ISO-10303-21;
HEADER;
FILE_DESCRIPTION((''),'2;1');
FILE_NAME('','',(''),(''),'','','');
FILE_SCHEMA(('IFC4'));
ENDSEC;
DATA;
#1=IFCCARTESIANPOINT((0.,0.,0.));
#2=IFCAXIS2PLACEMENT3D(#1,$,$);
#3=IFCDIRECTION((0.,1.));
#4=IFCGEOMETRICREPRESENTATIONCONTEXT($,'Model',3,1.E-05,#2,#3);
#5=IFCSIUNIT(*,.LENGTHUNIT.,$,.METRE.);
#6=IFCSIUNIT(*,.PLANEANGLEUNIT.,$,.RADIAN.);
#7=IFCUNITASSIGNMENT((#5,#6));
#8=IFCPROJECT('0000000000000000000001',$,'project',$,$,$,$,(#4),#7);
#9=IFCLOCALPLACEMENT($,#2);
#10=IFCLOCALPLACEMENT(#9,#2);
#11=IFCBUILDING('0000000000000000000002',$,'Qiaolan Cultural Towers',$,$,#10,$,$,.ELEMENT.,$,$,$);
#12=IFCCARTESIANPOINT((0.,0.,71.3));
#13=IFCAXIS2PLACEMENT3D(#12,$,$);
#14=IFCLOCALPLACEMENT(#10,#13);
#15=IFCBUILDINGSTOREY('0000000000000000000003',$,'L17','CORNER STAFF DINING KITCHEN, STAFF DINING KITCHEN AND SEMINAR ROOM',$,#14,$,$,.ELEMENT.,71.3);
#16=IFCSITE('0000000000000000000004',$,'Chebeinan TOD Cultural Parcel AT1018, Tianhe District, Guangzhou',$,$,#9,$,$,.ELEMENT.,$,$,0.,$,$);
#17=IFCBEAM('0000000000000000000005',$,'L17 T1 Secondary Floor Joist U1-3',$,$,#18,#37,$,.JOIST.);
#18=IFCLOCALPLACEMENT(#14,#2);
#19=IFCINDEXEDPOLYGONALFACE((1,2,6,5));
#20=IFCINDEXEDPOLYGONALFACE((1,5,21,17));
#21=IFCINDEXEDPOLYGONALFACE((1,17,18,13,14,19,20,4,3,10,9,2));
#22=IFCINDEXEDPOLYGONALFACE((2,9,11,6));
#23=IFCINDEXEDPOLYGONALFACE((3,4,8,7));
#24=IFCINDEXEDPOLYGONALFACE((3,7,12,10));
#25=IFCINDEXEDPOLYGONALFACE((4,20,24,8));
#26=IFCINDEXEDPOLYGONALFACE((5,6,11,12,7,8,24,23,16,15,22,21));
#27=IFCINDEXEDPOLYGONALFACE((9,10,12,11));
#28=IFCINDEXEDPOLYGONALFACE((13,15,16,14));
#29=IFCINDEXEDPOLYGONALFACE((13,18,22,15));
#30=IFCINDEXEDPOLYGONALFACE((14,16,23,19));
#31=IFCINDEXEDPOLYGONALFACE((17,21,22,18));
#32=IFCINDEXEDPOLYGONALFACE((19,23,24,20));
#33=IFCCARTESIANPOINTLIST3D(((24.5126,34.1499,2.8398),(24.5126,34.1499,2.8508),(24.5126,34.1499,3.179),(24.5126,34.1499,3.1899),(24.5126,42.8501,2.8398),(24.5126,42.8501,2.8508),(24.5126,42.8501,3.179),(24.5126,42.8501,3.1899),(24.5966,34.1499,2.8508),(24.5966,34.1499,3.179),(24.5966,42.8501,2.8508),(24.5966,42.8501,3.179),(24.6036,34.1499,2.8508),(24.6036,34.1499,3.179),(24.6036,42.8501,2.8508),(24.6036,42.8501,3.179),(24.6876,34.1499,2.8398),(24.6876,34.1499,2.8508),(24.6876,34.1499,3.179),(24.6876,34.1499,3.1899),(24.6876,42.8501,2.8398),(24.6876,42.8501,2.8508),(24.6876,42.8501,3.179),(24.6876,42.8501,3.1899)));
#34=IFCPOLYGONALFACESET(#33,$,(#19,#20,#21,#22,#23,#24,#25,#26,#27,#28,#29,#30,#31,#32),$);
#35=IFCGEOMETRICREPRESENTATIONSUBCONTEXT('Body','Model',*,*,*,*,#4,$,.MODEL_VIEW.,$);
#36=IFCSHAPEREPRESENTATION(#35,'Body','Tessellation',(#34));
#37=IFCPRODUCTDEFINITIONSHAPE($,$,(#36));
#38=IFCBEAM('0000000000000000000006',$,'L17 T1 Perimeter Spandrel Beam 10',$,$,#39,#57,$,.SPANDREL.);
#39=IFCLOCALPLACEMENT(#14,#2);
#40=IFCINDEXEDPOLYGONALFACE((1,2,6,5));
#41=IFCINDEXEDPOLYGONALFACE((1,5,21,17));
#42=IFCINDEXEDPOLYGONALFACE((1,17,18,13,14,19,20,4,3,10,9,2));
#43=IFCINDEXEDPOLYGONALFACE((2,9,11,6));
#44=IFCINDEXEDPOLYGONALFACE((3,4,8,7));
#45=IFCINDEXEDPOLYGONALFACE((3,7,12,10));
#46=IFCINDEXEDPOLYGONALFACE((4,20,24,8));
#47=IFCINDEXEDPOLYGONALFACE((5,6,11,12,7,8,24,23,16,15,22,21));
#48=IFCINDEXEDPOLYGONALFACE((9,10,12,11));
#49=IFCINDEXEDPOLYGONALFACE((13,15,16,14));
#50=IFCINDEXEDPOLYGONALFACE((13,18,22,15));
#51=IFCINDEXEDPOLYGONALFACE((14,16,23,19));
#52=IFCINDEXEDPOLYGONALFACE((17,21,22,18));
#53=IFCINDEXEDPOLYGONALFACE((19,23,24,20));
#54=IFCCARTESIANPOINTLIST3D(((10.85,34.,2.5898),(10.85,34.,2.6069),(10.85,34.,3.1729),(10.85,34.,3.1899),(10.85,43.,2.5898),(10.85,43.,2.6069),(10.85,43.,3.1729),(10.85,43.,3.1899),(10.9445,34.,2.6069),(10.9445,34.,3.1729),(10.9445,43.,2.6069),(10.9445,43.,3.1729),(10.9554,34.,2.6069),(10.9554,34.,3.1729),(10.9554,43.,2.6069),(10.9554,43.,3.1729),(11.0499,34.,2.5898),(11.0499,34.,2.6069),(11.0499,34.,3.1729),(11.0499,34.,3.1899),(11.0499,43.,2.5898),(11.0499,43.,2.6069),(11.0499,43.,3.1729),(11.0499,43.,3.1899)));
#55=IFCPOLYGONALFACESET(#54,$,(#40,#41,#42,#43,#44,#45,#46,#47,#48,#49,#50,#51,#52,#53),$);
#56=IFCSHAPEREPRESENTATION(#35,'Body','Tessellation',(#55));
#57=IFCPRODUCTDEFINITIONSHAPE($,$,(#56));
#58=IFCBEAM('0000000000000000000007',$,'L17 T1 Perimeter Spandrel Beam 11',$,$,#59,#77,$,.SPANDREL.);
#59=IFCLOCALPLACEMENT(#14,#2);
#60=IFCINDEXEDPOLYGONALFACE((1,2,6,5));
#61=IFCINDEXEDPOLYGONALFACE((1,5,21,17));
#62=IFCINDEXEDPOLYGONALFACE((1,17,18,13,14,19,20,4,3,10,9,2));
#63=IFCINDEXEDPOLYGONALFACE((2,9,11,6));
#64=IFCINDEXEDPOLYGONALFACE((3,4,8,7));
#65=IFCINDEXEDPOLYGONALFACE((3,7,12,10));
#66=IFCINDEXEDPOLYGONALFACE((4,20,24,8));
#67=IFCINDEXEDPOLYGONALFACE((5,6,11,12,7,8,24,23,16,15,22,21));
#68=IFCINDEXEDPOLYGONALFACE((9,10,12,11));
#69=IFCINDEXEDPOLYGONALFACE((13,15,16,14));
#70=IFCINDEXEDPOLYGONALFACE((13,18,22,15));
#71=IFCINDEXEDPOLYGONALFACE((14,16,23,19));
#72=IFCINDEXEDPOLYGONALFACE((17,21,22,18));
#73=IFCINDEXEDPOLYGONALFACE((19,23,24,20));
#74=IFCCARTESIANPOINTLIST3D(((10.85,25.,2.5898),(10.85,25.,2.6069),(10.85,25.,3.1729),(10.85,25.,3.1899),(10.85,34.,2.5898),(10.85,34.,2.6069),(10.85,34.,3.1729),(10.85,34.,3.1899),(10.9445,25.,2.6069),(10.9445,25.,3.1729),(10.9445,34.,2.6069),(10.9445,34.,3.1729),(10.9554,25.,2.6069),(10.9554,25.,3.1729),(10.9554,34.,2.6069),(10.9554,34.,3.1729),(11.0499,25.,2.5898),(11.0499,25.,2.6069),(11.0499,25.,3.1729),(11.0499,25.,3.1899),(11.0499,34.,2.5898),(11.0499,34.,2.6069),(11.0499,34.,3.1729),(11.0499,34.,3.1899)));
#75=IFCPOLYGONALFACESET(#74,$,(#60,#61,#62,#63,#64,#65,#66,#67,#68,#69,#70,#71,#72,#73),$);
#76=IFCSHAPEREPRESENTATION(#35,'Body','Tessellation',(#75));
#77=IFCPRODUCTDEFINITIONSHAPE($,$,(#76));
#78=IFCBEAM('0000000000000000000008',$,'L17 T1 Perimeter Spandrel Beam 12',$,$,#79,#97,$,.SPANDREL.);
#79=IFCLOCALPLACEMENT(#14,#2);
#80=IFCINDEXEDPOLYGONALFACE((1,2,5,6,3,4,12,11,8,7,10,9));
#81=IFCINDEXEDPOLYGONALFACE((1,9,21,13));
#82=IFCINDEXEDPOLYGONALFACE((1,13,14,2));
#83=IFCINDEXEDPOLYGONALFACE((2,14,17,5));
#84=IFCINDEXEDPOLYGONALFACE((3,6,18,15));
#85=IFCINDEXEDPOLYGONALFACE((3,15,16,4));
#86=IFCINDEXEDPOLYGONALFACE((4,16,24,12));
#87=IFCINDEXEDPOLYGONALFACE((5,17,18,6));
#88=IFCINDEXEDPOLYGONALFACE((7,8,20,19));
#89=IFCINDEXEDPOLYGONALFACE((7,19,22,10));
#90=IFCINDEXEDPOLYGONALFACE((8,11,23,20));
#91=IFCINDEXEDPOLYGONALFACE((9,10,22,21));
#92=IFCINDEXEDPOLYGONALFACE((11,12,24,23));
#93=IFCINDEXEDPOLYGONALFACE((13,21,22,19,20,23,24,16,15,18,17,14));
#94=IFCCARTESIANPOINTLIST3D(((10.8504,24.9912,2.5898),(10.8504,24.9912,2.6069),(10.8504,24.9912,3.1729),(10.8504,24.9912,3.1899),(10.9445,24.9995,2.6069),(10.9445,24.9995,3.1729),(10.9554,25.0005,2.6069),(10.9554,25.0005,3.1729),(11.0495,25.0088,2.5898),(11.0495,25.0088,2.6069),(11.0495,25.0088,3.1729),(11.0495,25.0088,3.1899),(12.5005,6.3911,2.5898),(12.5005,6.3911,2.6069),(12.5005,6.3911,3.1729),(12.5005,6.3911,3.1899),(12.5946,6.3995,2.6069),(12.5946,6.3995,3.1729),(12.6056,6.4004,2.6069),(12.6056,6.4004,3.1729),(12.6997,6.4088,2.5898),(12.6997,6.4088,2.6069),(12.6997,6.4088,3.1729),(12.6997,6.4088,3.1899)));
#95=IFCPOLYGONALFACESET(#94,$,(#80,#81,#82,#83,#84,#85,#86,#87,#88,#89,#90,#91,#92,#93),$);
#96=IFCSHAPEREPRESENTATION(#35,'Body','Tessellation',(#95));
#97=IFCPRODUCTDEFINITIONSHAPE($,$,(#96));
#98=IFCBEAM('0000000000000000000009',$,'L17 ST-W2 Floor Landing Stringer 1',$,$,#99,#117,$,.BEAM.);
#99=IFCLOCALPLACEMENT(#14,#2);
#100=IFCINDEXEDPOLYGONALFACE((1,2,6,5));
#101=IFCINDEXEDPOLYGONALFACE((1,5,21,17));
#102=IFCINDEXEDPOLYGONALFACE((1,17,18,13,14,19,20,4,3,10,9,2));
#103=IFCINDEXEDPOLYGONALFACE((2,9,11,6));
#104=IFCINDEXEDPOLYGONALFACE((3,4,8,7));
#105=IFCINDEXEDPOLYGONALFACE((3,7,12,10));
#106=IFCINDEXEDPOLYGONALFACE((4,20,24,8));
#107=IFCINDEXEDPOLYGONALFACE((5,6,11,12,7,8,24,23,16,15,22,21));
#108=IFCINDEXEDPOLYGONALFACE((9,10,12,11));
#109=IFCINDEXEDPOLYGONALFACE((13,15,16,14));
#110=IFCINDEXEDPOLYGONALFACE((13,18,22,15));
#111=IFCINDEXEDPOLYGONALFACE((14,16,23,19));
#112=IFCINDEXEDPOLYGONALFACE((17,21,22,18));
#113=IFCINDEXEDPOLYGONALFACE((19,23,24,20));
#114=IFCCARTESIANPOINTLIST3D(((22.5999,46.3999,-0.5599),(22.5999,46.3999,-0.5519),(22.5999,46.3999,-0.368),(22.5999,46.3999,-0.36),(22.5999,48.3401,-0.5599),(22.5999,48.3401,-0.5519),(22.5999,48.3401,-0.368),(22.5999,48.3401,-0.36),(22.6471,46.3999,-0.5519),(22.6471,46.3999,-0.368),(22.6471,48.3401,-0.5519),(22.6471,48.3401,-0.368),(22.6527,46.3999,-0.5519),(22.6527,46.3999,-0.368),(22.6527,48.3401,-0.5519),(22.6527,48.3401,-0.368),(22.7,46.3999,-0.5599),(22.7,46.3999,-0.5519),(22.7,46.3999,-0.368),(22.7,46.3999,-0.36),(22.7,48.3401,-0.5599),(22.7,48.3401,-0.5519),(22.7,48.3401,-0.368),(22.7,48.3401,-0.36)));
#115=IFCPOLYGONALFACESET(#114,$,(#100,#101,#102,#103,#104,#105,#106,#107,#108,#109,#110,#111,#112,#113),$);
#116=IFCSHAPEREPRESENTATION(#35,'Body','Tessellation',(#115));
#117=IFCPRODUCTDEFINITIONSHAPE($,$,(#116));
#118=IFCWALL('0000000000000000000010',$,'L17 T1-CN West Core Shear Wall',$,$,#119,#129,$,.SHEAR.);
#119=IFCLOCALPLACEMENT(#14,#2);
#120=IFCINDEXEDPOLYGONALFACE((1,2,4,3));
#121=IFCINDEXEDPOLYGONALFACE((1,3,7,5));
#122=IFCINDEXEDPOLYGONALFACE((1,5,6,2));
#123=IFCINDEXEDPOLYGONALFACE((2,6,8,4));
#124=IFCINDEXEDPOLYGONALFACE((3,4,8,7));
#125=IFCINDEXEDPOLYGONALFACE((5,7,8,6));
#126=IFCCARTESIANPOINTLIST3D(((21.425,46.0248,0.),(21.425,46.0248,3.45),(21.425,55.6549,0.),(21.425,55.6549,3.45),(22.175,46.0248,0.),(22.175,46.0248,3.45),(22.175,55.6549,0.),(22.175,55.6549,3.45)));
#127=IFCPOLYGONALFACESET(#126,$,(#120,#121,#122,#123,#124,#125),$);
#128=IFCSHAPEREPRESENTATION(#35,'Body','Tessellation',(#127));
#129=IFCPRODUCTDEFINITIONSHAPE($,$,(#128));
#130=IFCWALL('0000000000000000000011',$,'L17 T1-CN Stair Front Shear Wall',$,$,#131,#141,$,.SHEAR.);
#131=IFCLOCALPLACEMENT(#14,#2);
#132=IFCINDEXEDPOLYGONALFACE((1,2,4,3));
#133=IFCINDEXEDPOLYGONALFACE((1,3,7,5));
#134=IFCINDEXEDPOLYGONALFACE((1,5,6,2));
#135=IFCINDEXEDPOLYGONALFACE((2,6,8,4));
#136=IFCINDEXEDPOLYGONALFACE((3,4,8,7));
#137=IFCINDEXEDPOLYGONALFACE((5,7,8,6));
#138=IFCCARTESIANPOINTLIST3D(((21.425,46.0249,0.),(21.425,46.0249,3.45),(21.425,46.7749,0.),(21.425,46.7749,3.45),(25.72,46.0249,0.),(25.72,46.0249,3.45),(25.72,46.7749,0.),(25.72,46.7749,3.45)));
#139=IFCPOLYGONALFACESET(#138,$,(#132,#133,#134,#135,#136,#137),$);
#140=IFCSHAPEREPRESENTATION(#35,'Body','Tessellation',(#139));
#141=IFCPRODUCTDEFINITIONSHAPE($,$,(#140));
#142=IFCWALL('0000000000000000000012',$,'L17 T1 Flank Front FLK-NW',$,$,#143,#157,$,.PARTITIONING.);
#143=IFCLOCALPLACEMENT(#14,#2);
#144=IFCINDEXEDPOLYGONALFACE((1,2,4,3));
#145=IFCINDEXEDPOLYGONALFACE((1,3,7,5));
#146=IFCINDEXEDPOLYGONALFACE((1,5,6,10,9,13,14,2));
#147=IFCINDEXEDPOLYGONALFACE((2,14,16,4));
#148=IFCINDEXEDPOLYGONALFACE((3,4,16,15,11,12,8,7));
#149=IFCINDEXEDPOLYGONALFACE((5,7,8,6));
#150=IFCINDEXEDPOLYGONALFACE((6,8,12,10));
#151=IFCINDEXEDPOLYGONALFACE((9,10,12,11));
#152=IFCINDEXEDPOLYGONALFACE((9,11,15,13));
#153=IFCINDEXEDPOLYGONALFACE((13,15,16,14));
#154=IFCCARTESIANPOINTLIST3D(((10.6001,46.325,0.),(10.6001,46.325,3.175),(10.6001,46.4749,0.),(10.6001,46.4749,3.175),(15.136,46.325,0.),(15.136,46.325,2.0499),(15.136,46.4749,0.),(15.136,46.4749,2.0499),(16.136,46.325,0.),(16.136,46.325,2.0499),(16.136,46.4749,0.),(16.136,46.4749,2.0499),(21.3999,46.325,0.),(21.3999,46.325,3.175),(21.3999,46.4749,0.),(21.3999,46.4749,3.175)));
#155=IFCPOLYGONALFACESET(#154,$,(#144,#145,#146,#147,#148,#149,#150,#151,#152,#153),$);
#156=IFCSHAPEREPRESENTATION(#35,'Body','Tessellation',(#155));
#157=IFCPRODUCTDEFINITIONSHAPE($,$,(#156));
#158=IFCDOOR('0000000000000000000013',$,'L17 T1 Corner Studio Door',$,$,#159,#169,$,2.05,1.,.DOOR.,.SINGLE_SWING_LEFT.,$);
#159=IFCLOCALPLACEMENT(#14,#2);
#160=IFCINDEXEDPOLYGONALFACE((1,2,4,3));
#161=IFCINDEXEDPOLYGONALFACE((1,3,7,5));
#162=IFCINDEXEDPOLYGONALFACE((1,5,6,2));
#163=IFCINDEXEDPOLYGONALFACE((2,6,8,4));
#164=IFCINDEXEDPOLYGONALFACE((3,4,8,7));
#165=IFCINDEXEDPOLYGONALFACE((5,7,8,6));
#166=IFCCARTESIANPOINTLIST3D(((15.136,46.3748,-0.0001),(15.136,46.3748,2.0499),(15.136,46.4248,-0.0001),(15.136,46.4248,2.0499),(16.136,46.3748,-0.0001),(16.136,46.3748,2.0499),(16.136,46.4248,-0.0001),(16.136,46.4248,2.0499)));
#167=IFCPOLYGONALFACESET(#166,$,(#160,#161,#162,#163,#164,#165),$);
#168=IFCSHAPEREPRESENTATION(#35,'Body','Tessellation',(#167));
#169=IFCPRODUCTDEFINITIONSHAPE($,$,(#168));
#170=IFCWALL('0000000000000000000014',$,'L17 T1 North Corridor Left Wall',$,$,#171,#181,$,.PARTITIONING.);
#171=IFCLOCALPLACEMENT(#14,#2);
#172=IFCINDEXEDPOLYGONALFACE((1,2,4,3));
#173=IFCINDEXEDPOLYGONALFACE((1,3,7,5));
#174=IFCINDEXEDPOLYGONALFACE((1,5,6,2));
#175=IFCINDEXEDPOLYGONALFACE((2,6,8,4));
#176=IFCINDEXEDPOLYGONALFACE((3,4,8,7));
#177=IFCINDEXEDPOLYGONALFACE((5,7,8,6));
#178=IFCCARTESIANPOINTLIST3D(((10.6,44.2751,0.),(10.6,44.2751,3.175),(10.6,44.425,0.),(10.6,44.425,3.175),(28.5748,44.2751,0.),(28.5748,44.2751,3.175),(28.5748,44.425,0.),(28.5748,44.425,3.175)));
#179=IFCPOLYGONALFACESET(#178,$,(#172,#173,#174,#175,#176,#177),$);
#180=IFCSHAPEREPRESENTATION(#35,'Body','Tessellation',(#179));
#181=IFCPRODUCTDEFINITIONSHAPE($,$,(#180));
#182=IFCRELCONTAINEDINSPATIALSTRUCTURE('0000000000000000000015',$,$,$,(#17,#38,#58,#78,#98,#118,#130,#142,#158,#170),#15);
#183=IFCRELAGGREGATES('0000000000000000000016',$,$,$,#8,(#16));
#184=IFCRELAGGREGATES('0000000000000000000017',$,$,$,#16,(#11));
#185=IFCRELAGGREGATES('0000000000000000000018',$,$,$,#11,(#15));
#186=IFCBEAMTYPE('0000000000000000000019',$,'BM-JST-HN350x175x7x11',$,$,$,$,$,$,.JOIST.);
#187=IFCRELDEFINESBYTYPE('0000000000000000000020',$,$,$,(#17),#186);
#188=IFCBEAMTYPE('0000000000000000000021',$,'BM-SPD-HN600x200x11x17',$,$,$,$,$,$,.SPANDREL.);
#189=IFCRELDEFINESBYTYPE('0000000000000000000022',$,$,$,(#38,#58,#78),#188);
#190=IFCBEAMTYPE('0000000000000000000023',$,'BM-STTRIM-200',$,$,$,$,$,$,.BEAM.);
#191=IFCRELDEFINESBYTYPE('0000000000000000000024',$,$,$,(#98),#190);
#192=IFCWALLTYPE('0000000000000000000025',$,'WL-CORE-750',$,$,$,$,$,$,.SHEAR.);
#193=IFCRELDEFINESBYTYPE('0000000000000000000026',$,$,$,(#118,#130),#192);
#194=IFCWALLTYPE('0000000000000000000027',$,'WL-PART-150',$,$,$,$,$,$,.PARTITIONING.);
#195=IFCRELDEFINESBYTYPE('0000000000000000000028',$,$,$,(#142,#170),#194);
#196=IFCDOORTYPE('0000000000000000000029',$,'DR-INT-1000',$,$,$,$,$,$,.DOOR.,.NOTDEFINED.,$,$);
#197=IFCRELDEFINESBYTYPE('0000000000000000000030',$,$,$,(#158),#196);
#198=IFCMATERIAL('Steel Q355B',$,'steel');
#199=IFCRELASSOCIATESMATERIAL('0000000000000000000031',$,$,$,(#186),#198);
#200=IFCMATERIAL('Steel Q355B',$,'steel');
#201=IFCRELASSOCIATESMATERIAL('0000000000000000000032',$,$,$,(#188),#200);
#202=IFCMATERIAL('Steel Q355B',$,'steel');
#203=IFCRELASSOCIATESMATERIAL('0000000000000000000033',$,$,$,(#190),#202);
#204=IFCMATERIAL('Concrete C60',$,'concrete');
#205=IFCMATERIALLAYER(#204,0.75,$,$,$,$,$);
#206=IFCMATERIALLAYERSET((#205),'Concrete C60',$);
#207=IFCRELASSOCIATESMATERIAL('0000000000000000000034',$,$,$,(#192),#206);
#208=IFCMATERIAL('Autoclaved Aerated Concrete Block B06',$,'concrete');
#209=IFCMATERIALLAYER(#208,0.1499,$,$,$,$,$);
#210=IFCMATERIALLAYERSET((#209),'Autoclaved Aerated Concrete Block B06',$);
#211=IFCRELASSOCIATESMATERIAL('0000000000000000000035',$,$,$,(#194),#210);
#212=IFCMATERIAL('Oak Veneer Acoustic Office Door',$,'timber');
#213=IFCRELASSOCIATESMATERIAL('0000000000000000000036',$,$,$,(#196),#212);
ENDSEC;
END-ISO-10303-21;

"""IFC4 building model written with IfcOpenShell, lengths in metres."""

from ifc_helpers import new_model, si_unit, direction, frame, frame_2d, origin, origin_2d, place, context, subcontext, project, spatial, rectangle, i_section, extrude, material, layer, layer_set, material_profile, profile_set, type_object, element, fill, save


model = new_model("IFC4")

# Units and contexts
model_context = context("Model", 3, precision=1e-05, world=origin(), true_north=direction((0.0, 1.0)))
body_context = subcontext(model_context, "Body", "Model", "MODEL_VIEW")
ifc_project = project(units=[si_unit("LENGTHUNIT", "METRE"), si_unit("PLANEANGLEUNIT", "RADIAN")], contexts=[model_context])

# Site, building, storey
site_placement = place(None, origin())
site = spatial("IfcSite", under=ifc_project, at=site_placement, Name="Chebeinan TOD Cultural Parcel AT1018, Tianhe District, Guangzhou", CompositionType="ELEMENT", RefElevation=0.0)
building_placement = place(site_placement, origin())
building = spatial("IfcBuilding", under=site, at=building_placement, Name="Qiaolan Cultural Towers", CompositionType="ELEMENT")
storey_placement = place(building_placement, frame((0.0, 0.0, 71.3)))
storey = spatial("IfcBuildingStorey", under=building, at=storey_placement, Name="L17", Description="CORNER STAFF DINING KITCHEN, STAFF DINING KITCHEN AND SEMINAR ROOM", CompositionType="ELEMENT", Elevation=71.3)

# Beams
ifc_material_1 = material(Name="Steel Q355B", Category="steel")
ifc_material_profile_1 = material_profile(ifc_material_1, i_section(OverallWidth=0.175, OverallDepth=0.3501, WebThickness=0.0071, FlangeThickness=0.011, at=origin_2d()), Name="HN350x175x7x11")
ifc_profile_set_1 = profile_set([ifc_material_profile_1], Name="Steel Q355B")
beam_type_1 = type_object("IfcBeamType", Name="BM-JST-HN350x175x7x11", PredefinedType="JOIST", material=ifc_profile_set_1)
for number, where, z_axis, x_axis, name in (
    (1, (24.6001, 34.1499, 3.0149), (0.0, 1.0, 0.0), (-1.0, 0.0, 0.0), "L17 T1 Secondary Floor Joist U1-3"),
):
    element("IfcBeam", number, at=place(storey_placement, frame(where, z_axis=z_axis, x_axis=x_axis)), inside=storey, type_object=beam_type_1, Name=name, PredefinedType="JOIST", context=body_context, shape_type="SweptSolid", body=[
        extrude(i_section(OverallWidth=0.175, OverallDepth=0.3501, WebThickness=0.0071, FlangeThickness=0.011, at=origin_2d()), origin(), (0.0, 0.0, 1.0), 8.7002),
    ])
ifc_material_2 = material(Name="Steel Q355B", Category="steel")
ifc_material_profile_2 = material_profile(ifc_material_2, i_section(OverallWidth=0.2, OverallDepth=0.6001, WebThickness=0.011, FlangeThickness=0.0171, at=origin_2d()), Name="HN600x200x11x17")
ifc_profile_set_2 = profile_set([ifc_material_profile_2], Name="Steel Q355B")
beam_type_2 = type_object("IfcBeamType", Name="BM-SPD-HN600x200x11x17", PredefinedType="SPANDREL", material=ifc_profile_set_2)
for number, where, z_axis, x_axis, name in (
    (2, (10.95, 43.0, 2.8899), (0.0, -1.0, 0.0), (1.0, 0.0, 0.0), "L17 T1 Perimeter Spandrel Beam 10"),
    (3, (10.95, 34.0, 2.8899), (0.0, -1.0, 0.0), (1.0, 0.0, 0.0), "L17 T1 Perimeter Spandrel Beam 11"),
):
    element("IfcBeam", number, at=place(storey_placement, frame(where, z_axis=z_axis, x_axis=x_axis)), inside=storey, type_object=beam_type_2, Name=name, PredefinedType="SPANDREL", context=body_context, shape_type="SweptSolid", body=[
        extrude(i_section(OverallWidth=0.2, OverallDepth=0.6001, WebThickness=0.011, FlangeThickness=0.0171, at=origin_2d()), origin(), (0.0, 0.0, 1.0), 9.0),
    ])
beam_1_placement = place(storey_placement, frame((10.95, 25.0, 2.8899), z_axis=(0.08837, -0.996088, 0.0), x_axis=(0.996088, 0.08837, 0.0)))
element("IfcBeam", 4, at=beam_1_placement, inside=storey, type_object=beam_type_2, Name="L17 T1 Perimeter Spandrel Beam 12", PredefinedType="SPANDREL", context=body_context, shape_type="SweptSolid", body=[
    extrude(i_section(OverallWidth=0.2, OverallDepth=0.6001, WebThickness=0.011, FlangeThickness=0.0171, at=origin_2d()), origin(), (0.0, 0.0, 1.0), 18.6731),
])
ifc_material_3 = material(Name="Steel Q355B", Category="steel")
ifc_material_profile_3 = material_profile(ifc_material_3, i_section(OverallWidth=0.1001, OverallDepth=0.2, WebThickness=0.0056, FlangeThickness=0.0081, at=origin_2d()), Name="HN200x100x5.5x8")
ifc_profile_set_3 = profile_set([ifc_material_profile_3], Name="Steel Q355B")
beam_type_3 = type_object("IfcBeamType", Name="BM-STTRIM-200", PredefinedType="BEAM", material=ifc_profile_set_3)
beam_2_placement = place(storey_placement, frame((22.6499, 46.3999, -0.46), z_axis=(0.0, 1.0, 0.0), x_axis=(-1.0, 0.0, 0.0)))
element("IfcBeam", 5, at=beam_2_placement, inside=storey, type_object=beam_type_3, Name="L17 ST-W2 Floor Landing Stringer 1", PredefinedType="BEAM", context=body_context, shape_type="SweptSolid", body=[
    extrude(i_section(OverallWidth=0.1001, OverallDepth=0.2, WebThickness=0.0056, FlangeThickness=0.0081, at=origin_2d()), origin(), (0.0, 0.0, 1.0), 1.9402),
])

# Walls
ifc_material_4 = material(Name="Concrete C60", Category="concrete")
ifc_layer_1 = layer(ifc_material_4, 0.75)
ifc_layer_set_1 = layer_set([ifc_layer_1], Name="Concrete C60")
wall_type_1 = type_object("IfcWallType", Name="WL-CORE-750", PredefinedType="SHEAR", material=ifc_layer_set_1)
wall_1_placement = place(storey_placement, frame((21.8, 46.0249, 0.0), z_axis=(0.0, 0.0, 1.0), x_axis=(0.0, 1.0, 0.0)))
element("IfcWall", 6, at=wall_1_placement, inside=storey, type_object=wall_type_1, Name="L17 T1-CN West Core Shear Wall", PredefinedType="SHEAR", context=body_context, shape_type="SweptSolid", body=[
    extrude(rectangle(XDim=9.6301, YDim=0.75, at=frame_2d((4.8149, 0.0))), origin(), (0.0, 0.0, 1.0), 3.45),
])
wall_2_placement = place(storey_placement, frame((21.425, 46.3999, 0.0), z_axis=(0.0, 0.0, 1.0), x_axis=(1.0, 0.0, 0.0)))
element("IfcWall", 7, at=wall_2_placement, inside=storey, type_object=wall_type_1, Name="L17 T1-CN Stair Front Shear Wall", PredefinedType="SHEAR", context=body_context, shape_type="SweptSolid", body=[
    extrude(rectangle(XDim=4.2949, YDim=0.75, at=frame_2d((2.1475, 0.0))), origin(), (0.0, 0.0, 1.0), 3.45),
])

# Wall, opening, door
ifc_material_5 = material(Name="Autoclaved Aerated Concrete Block B06", Category="concrete")
ifc_layer_2 = layer(ifc_material_5, 0.1499)
ifc_layer_set_2 = layer_set([ifc_layer_2], Name="Autoclaved Aerated Concrete Block B06")
wall_type_2 = type_object("IfcWallType", Name="WL-PART-150", PredefinedType="PARTITIONING", material=ifc_layer_set_2)
wall_3_placement = place(storey_placement, frame((10.6001, 46.3999, 0.0), z_axis=(0.0, 0.0, 1.0), x_axis=(1.0, 0.0, 0.0)))
wall_3 = element("IfcWall", 8, at=wall_3_placement, inside=storey, type_object=wall_type_2, Name="L17 T1 Flank Front FLK-NW", PredefinedType="PARTITIONING", context=body_context, shape_type="SweptSolid", body=[
    extrude(rectangle(XDim=10.7998, YDim=0.1499, at=frame_2d((5.3999, 0.0))), origin(), (0.0, 0.0, 1.0), 3.175),
])
opening_placement = place(wall_3_placement, frame((4.5359, 0.0, 0.0)))
opening = element("IfcOpeningElement", 9, at=opening_placement, cuts=wall_3, PredefinedType="OPENING", context=body_context, shape_type="SweptSolid", body=[
    extrude(rectangle(XDim=1.0, YDim=2.05, at=frame_2d((0.5, 1.0249))), frame((0.0, 0.085, 0.0), z_axis=(0.0, -1.0, 0.0), x_axis=(1.0, 0.0, 0.0)), (0.0, 0.0, 1.0), 0.1699),
])
ifc_material_6 = material(Name="Oak Veneer Acoustic Office Door", Category="timber")
door_type = type_object("IfcDoorType", Name="DR-INT-1000", OperationType="NOTDEFINED", PredefinedType="DOOR", material=ifc_material_6)
door_placement = place(opening_placement, origin())
door = element("IfcDoor", 10, at=door_placement, inside=storey, type_object=door_type, Name="L17 T1 Corner Studio Door", OperationType="SINGLE_SWING_LEFT", OverallHeight=2.05, OverallWidth=1.0, PredefinedType="DOOR", context=body_context, shape_type="SweptSolid", body=[
    extrude(rectangle(XDim=1.0, YDim=2.05, at=frame_2d((0.5, 1.0249))), frame((0.0, 0.0249, 0.0), z_axis=(0.0, -1.0, 0.0), x_axis=(1.0, 0.0, 0.0)), (0.0, 0.0, 1.0), 0.05),
])
fill(opening, door)

# Wall
for number, where, z_axis, x_axis, name in (
    (11, (10.6001, 44.3501, 0.0), (0.0, 0.0, 1.0), (1.0, 0.0, 0.0), "L17 T1 North Corridor Left Wall"),
):
    element("IfcWall", number, at=place(storey_placement, frame(where, z_axis=z_axis, x_axis=x_axis)), inside=storey, type_object=wall_type_2, Name=name, PredefinedType="PARTITIONING", context=body_context, shape_type="SweptSolid", body=[
        extrude(rectangle(XDim=17.9749, YDim=0.1499, at=frame_2d((8.9873, 0.0))), origin(), (0.0, 0.0, 1.0), 3.175),
    ])

save(model, "model.ifc")
